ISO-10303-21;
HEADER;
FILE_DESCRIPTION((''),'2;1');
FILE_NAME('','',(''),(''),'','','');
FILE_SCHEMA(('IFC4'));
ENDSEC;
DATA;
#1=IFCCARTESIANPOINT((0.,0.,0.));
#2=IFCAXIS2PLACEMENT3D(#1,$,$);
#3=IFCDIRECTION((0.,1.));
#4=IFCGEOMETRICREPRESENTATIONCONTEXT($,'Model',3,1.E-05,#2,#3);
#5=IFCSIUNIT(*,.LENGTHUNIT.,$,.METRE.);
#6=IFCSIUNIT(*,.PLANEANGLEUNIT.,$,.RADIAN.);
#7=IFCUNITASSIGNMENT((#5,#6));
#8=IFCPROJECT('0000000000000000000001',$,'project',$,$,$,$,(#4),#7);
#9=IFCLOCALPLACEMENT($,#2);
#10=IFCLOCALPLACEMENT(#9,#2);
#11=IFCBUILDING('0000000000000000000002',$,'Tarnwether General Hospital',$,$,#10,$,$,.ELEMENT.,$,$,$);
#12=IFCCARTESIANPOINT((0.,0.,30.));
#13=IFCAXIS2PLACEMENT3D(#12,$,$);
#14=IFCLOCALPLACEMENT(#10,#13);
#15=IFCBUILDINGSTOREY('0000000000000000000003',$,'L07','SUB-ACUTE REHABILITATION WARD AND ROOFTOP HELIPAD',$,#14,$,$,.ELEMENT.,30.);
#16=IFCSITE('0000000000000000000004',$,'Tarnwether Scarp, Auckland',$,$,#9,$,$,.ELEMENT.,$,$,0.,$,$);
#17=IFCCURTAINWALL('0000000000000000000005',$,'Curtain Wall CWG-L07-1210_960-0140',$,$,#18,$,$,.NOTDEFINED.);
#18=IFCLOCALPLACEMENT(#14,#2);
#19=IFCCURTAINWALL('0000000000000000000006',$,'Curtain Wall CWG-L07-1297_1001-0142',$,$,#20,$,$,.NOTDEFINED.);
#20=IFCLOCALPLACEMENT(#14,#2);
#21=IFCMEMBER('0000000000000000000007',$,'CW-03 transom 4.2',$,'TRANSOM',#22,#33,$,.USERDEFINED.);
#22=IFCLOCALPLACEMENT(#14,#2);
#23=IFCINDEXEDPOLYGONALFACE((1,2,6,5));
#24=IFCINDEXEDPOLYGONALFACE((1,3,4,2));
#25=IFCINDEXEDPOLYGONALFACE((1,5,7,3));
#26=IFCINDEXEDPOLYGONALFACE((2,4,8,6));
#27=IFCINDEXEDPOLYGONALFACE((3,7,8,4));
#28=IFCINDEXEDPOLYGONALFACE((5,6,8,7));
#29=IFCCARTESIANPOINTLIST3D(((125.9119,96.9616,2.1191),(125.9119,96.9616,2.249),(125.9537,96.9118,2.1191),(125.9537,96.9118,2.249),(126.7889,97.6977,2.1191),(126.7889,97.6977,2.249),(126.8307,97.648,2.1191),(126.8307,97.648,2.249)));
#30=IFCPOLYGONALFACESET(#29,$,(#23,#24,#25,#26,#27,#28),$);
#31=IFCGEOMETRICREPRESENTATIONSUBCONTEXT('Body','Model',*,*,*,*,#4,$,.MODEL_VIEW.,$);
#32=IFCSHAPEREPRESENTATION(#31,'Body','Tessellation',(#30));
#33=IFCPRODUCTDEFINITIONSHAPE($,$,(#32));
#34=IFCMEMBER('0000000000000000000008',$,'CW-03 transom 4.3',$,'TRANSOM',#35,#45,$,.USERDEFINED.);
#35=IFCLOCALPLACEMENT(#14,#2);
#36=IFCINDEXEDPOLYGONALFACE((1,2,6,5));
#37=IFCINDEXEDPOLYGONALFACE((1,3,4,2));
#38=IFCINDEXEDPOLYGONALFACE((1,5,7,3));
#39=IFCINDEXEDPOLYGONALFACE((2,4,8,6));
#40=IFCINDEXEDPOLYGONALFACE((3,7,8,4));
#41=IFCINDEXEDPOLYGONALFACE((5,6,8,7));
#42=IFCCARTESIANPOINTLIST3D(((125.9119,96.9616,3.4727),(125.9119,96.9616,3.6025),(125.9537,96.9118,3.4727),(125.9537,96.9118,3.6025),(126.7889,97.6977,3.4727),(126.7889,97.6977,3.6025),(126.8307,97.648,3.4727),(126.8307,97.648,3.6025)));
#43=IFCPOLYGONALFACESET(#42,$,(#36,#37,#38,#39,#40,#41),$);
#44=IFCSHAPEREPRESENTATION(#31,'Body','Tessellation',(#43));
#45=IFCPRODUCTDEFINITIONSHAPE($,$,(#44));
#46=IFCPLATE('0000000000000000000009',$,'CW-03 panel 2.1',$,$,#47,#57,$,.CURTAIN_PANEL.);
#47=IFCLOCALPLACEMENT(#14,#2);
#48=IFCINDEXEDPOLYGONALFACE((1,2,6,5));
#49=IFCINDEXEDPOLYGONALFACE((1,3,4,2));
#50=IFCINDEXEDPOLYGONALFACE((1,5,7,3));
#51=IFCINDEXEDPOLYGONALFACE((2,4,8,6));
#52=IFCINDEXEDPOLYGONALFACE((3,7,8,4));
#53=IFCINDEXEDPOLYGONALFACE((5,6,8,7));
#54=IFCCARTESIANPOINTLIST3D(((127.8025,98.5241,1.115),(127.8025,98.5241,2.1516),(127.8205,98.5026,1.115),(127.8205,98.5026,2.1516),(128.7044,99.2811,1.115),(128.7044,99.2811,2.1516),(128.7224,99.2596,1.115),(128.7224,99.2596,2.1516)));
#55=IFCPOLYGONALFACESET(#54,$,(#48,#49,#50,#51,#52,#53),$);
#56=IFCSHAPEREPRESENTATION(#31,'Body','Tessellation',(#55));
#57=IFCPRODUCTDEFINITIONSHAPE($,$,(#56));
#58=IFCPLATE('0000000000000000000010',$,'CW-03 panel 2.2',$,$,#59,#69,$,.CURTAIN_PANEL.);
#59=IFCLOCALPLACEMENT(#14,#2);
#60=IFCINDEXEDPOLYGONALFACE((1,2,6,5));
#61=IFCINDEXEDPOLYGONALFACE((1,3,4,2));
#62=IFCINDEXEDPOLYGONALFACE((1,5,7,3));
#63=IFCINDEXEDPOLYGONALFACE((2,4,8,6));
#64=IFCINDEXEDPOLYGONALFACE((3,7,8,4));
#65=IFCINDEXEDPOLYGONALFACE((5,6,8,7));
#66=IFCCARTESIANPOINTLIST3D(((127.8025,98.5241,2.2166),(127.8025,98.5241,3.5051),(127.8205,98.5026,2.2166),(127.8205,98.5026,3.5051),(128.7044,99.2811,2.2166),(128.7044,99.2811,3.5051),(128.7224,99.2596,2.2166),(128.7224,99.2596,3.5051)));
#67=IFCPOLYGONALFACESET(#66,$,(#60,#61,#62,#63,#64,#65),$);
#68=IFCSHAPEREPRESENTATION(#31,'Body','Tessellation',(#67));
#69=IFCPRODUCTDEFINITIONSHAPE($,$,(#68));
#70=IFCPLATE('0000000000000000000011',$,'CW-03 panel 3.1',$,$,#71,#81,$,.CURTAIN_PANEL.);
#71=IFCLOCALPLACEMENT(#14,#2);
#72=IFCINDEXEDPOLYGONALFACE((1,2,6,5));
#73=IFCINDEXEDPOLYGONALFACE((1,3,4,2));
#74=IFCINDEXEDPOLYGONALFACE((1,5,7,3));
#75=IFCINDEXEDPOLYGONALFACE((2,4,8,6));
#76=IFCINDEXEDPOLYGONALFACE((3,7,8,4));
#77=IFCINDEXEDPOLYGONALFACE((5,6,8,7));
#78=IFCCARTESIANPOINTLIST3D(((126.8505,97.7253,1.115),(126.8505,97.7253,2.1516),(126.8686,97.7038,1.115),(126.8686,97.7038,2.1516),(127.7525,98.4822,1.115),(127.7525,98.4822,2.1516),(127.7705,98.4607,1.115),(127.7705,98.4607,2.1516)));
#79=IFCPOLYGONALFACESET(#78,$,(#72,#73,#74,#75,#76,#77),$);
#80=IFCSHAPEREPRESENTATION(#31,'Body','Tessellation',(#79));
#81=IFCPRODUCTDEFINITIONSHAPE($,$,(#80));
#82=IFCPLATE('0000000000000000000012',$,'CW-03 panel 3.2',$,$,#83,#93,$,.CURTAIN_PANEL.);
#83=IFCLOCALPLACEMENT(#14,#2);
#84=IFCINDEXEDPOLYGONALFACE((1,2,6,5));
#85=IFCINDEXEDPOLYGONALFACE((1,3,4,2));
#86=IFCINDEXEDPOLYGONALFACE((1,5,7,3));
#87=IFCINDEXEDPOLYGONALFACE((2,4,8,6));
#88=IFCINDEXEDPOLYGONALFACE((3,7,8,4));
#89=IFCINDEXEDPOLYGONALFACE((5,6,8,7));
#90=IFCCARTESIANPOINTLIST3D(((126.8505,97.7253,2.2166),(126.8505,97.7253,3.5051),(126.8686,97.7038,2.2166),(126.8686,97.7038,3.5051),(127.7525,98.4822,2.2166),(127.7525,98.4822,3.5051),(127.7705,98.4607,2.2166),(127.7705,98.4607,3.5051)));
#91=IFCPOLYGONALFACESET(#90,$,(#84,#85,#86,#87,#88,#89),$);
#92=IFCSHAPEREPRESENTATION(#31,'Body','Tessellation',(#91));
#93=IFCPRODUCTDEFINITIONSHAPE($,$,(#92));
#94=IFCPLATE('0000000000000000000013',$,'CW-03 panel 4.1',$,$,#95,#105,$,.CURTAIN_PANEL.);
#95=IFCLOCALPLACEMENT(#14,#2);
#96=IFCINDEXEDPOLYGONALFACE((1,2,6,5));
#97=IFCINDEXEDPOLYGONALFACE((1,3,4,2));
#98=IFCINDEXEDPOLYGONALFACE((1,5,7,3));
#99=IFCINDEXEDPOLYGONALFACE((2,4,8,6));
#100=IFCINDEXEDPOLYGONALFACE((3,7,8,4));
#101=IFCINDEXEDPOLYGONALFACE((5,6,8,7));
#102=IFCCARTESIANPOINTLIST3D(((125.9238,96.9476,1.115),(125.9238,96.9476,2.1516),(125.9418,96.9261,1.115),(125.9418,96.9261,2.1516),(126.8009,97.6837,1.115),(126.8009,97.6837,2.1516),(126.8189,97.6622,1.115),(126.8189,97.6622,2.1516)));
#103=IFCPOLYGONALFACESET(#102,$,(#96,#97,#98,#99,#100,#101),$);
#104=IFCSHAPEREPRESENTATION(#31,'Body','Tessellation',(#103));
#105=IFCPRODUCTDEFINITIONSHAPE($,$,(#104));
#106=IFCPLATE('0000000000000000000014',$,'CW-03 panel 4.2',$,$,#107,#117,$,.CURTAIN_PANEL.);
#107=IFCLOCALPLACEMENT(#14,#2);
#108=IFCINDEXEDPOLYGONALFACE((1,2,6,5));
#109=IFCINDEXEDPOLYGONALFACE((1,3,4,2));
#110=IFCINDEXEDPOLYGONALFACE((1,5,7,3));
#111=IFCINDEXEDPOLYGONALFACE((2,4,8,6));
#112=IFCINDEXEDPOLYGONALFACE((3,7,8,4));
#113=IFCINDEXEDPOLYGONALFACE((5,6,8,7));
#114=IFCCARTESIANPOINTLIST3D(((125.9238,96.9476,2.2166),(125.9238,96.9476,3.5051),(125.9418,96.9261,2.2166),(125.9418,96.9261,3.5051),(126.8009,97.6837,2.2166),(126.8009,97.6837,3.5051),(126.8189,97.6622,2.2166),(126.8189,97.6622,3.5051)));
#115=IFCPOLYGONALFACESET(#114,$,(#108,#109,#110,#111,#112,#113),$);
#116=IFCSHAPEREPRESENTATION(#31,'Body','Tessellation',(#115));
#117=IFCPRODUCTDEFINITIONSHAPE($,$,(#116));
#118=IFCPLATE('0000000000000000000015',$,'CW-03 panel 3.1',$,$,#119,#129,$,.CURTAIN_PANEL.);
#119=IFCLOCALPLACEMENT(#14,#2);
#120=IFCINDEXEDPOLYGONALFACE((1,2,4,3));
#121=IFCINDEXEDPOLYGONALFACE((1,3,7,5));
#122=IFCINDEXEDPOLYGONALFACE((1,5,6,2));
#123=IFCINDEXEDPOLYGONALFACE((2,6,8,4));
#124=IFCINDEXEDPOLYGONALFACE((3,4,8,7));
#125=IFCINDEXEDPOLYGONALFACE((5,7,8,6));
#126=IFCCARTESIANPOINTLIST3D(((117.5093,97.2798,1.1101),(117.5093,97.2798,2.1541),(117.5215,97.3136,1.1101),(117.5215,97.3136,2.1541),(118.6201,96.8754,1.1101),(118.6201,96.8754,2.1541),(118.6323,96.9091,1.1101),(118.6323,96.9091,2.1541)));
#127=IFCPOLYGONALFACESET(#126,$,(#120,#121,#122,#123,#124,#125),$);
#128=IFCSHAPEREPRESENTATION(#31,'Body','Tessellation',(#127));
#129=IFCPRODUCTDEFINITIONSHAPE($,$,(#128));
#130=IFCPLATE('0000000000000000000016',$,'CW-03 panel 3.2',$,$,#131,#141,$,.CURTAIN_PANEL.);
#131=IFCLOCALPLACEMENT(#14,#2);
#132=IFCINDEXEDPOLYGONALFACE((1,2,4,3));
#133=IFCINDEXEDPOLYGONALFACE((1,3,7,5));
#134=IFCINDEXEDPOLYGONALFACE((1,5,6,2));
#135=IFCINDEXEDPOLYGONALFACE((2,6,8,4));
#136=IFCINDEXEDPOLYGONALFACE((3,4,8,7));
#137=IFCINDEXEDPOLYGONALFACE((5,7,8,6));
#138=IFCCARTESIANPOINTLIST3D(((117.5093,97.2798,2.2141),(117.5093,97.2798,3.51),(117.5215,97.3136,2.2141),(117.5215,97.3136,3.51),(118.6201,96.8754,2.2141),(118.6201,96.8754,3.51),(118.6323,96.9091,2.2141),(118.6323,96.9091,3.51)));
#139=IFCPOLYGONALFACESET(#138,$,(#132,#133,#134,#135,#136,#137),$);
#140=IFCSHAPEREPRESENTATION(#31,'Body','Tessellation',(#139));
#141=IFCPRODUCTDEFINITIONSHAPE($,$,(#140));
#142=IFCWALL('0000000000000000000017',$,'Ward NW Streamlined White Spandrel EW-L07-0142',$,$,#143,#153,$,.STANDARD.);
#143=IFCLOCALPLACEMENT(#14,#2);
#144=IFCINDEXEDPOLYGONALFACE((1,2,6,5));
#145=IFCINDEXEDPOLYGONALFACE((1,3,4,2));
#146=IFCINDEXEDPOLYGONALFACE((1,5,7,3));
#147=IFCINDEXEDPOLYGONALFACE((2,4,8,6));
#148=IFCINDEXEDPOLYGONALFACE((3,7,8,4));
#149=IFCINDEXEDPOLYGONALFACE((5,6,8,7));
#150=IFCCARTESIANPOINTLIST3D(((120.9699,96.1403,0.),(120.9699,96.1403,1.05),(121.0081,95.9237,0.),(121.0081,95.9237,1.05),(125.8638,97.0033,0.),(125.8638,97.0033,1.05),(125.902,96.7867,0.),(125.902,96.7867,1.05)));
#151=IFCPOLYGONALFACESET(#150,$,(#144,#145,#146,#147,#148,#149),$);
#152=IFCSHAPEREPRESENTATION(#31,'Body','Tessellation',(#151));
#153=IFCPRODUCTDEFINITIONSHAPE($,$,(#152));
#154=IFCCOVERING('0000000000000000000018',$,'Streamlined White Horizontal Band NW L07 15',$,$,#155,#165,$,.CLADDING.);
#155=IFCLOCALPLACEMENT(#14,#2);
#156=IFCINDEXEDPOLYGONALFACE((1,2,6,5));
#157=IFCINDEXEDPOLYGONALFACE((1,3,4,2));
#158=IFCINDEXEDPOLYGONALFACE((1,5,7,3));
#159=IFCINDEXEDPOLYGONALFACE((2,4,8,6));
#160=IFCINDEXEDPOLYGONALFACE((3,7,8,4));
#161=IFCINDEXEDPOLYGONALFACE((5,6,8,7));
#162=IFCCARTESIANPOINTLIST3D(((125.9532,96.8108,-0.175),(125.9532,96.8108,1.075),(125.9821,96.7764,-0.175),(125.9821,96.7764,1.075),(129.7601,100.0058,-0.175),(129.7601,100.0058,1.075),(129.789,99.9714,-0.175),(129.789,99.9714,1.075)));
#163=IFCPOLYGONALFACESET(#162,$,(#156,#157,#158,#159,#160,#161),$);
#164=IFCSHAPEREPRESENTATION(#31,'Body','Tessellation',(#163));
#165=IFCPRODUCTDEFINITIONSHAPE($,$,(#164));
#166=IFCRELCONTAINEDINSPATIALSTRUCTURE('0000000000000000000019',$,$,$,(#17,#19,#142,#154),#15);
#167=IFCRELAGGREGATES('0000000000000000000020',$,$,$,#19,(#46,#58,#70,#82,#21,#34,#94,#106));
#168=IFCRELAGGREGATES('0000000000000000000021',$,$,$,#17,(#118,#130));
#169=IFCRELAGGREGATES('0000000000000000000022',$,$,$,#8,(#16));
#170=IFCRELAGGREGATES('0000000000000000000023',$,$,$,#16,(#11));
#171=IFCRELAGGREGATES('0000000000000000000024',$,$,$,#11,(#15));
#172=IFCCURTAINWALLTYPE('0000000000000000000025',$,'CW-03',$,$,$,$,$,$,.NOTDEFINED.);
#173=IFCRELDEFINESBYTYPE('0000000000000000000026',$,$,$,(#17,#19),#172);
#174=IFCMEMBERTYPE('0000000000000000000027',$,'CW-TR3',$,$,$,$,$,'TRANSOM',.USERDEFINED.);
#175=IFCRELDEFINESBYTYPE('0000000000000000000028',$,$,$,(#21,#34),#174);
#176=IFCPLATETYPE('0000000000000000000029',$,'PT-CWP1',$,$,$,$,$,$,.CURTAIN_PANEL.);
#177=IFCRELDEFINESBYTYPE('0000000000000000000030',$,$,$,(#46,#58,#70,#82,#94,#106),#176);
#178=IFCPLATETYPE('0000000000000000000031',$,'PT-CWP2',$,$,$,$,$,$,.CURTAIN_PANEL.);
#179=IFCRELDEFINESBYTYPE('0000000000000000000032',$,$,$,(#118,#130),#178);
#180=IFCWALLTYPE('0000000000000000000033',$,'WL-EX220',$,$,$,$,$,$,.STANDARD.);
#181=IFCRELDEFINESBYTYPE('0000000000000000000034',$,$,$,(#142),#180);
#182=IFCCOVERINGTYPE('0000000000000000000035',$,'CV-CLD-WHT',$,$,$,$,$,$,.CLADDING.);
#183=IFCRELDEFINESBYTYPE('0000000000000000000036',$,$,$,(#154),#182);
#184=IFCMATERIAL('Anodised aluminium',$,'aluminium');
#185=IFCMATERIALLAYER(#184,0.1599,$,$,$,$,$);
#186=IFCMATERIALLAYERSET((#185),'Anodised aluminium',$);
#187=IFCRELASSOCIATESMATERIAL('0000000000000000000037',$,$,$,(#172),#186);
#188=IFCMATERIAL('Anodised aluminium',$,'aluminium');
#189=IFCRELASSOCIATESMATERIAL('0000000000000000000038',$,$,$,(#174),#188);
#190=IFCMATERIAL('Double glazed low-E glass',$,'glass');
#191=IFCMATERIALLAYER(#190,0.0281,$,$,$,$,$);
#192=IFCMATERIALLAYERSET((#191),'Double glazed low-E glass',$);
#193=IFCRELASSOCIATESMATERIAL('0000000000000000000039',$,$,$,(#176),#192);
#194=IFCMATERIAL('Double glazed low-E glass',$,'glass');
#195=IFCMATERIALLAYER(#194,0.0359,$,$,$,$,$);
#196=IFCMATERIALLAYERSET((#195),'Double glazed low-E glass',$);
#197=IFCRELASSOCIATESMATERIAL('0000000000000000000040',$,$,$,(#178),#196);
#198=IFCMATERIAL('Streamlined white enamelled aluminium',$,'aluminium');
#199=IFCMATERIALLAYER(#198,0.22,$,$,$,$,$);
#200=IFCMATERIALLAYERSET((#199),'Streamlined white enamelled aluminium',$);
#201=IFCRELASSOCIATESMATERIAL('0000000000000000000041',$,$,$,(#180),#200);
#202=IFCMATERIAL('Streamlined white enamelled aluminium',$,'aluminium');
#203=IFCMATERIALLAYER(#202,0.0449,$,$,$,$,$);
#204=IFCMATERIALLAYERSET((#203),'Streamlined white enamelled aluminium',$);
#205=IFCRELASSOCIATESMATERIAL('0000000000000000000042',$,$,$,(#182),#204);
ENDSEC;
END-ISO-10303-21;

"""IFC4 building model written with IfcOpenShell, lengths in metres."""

from ifc_helpers import new_model, si_unit, direction, frame, frame_2d, origin, origin_2d, place, context, subcontext, project, spatial, rectangle, extrude, material, layer, layer_set, material_profile, profile_set, type_object, element, aggregate, save


model = new_model("IFC4")

# Units and contexts
model_context = context("Model", 3, precision=1e-05, world=origin(), true_north=direction((0.0, 1.0)))
body_context = subcontext(model_context, "Body", "Model", "MODEL_VIEW")
ifc_project = project(units=[si_unit("LENGTHUNIT", "METRE"), si_unit("PLANEANGLEUNIT", "RADIAN")], contexts=[model_context])

# Site, building, storey
site_placement = place(None, origin())
site = spatial("IfcSite", under=ifc_project, at=site_placement, Name="Tarnwether Scarp, Auckland", CompositionType="ELEMENT", RefElevation=0.0)
building_placement = place(site_placement, origin())
building = spatial("IfcBuilding", under=site, at=building_placement, Name="Tarnwether General Hospital", CompositionType="ELEMENT")
storey_placement = place(building_placement, frame((0.0, 0.0, 30.0)))
storey = spatial("IfcBuildingStorey", under=building, at=storey_placement, Name="L07", Description="SUB-ACUTE REHABILITATION WARD AND ROOFTOP HELIPAD", CompositionType="ELEMENT", Elevation=30.0)

# Curtain wall
ifc_material_1 = material(Name="Anodised aluminium", Category="aluminium")
ifc_layer_1 = layer(ifc_material_1, 0.1599)
ifc_layer_set_1 = layer_set([ifc_layer_1], Name="Anodised aluminium")
curtain_wall_type = type_object("IfcCurtainWallType", Name="CW-03", PredefinedType="NOTDEFINED", material=ifc_layer_set_1)
curtain_wall_1_placement = place(storey_placement, origin())
curtain_wall_1 = element("IfcCurtainWall", 1, at=curtain_wall_1_placement, inside=storey, type_object=curtain_wall_type, Name="Curtain Wall CWG-L07-1210_960-0140", PredefinedType="NOTDEFINED")

# Curtain wall
curtain_wall_2_placement = place(storey_placement, origin())
curtain_wall_2 = element("IfcCurtainWall", 2, at=curtain_wall_2_placement, inside=storey, type_object=curtain_wall_type, Name="Curtain Wall CWG-L07-1297_1001-0142", PredefinedType="NOTDEFINED")

# Members
ifc_material_2 = material(Name="Anodised aluminium", Category="aluminium")
ifc_material_profile_1 = material_profile(ifc_material_2, rectangle(XDim=0.0649, YDim=0.1299, at=origin_2d()), Name="ALU-TRN-65x130")
ifc_profile_set_1 = profile_set([ifc_material_profile_1], Name="Anodised aluminium")
member_type_1 = type_object("IfcMemberType", Name="CW-TR3", ElementType="TRANSOM", PredefinedType="USERDEFINED", material=ifc_profile_set_1)
member_1_placement = place(storey_placement, frame((126.8098, 97.6729, 2.1841), z_axis=(-0.765944, -0.642907, 0.0), x_axis=(0.642907, -0.765944, 0.0)))
member_1 = element("IfcMember", 3, at=member_1_placement, type_object=member_type_1, Name="CW-03 transom 4.2", ObjectType="TRANSOM", PredefinedType="USERDEFINED", context=body_context, shape_type="SweptSolid", body=[
    extrude(rectangle(XDim=0.0649, YDim=0.1299, at=origin_2d()), origin(), (0.0, 0.0, 1.0), 1.145),
])
member_2_placement = place(storey_placement, frame((126.8098, 97.6729, 3.5376), z_axis=(-0.765944, -0.642907, 0.0), x_axis=(0.642907, -0.765944, 0.0)))
member_2 = element("IfcMember", 4, at=member_2_placement, type_object=member_type_1, Name="CW-03 transom 4.3", ObjectType="TRANSOM", PredefinedType="USERDEFINED", context=body_context, shape_type="SweptSolid", body=[
    extrude(rectangle(XDim=0.0649, YDim=0.1299, at=origin_2d()), origin(), (0.0, 0.0, 1.0), 1.145),
])

# Plates
ifc_material_3 = material(Name="Double glazed low-E glass", Category="glass")
ifc_layer_2 = layer(ifc_material_3, 0.0281)
ifc_layer_set_2 = layer_set([ifc_layer_2], Name="Double glazed low-E glass")
plate_type_1 = type_object("IfcPlateType", Name="PT-CWP1", PredefinedType="CURTAIN_PANEL", material=ifc_layer_set_2)
plate_1_placement = place(storey_placement, frame((128.2625, 98.8918, 1.115), z_axis=(0.0, 0.0, 1.0), x_axis=(-0.76599, -0.642852, 0.0)))
plate_1 = element("IfcPlate", 5, at=plate_1_placement, type_object=plate_type_1, Name="CW-03 panel 2.1", PredefinedType="CURTAIN_PANEL", context=body_context, shape_type="SweptSolid", body=[
    extrude(rectangle(XDim=1.1775, YDim=0.0281, at=origin_2d()), origin(), (0.0, 0.0, 1.0), 1.0366),
])
plate_2_placement = place(storey_placement, frame((128.2625, 98.8918, 2.2166), z_axis=(0.0, 0.0, 1.0), x_axis=(-0.76599, -0.642852, 0.0)))
plate_2 = element("IfcPlate", 6, at=plate_2_placement, type_object=plate_type_1, Name="CW-03 panel 2.2", PredefinedType="CURTAIN_PANEL", context=body_context, shape_type="SweptSolid", body=[
    extrude(rectangle(XDim=1.1775, YDim=0.0281, at=origin_2d()), origin(), (0.0, 0.0, 1.0), 1.2886),
])
plate_3_placement = place(storey_placement, frame((127.3105, 98.093, 1.115), z_axis=(0.0, 0.0, 1.0), x_axis=(-0.76599, -0.642852, 0.0)))
plate_3 = element("IfcPlate", 7, at=plate_3_placement, type_object=plate_type_1, Name="CW-03 panel 3.1", PredefinedType="CURTAIN_PANEL", context=body_context, shape_type="SweptSolid", body=[
    extrude(rectangle(XDim=1.1775, YDim=0.0281, at=origin_2d()), origin(), (0.0, 0.0, 1.0), 1.0366),
])
plate_4_placement = place(storey_placement, frame((127.3105, 98.093, 2.2166), z_axis=(0.0, 0.0, 1.0), x_axis=(-0.76599, -0.642852, 0.0)))
plate_4 = element("IfcPlate", 8, at=plate_4_placement, type_object=plate_type_1, Name="CW-03 panel 3.2", PredefinedType="CURTAIN_PANEL", context=body_context, shape_type="SweptSolid", body=[
    extrude(rectangle(XDim=1.1775, YDim=0.0281, at=origin_2d()), origin(), (0.0, 0.0, 1.0), 1.2886),
])
plate_5_placement = place(storey_placement, frame((126.3713, 97.3049, 1.115), z_axis=(0.0, 0.0, 1.0), x_axis=(-0.76599, -0.642852, 0.0)))
plate_5 = element("IfcPlate", 9, at=plate_5_placement, type_object=plate_type_1, Name="CW-03 panel 4.1", PredefinedType="CURTAIN_PANEL", context=body_context, shape_type="SweptSolid", body=[
    extrude(rectangle(XDim=1.145, YDim=0.0281, at=origin_2d()), origin(), (0.0, 0.0, 1.0), 1.0366),
])
plate_6_placement = place(storey_placement, frame((126.3713, 97.3049, 2.2166), z_axis=(0.0, 0.0, 1.0), x_axis=(-0.76599, -0.642852, 0.0)))
plate_6 = element("IfcPlate", 10, at=plate_6_placement, type_object=plate_type_1, Name="CW-03 panel 4.2", PredefinedType="CURTAIN_PANEL", context=body_context, shape_type="SweptSolid", body=[
    extrude(rectangle(XDim=1.145, YDim=0.0281, at=origin_2d()), origin(), (0.0, 0.0, 1.0), 1.2886),
])
aggregate(curtain_wall_2, [plate_1, plate_2, plate_3, plate_4, member_1, member_2, plate_5, plate_6])
ifc_material_4 = material(Name="Double glazed low-E glass", Category="glass")
ifc_layer_3 = layer(ifc_material_4, 0.0359)
ifc_layer_set_3 = layer_set([ifc_layer_3], Name="Double glazed low-E glass")
plate_type_2 = type_object("IfcPlateType", Name="PT-CWP2", PredefinedType="CURTAIN_PANEL", material=ifc_layer_set_3)
plate_7_placement = place(storey_placement, frame((118.0708, 97.0945, 1.1101), z_axis=(0.0, 0.0, 1.0), x_axis=(-0.939652, 0.342131, 0.0)))
plate_7 = element("IfcPlate", 11, at=plate_7_placement, type_object=plate_type_2, Name="CW-03 panel 3.1", PredefinedType="CURTAIN_PANEL", context=body_context, shape_type="SweptSolid", body=[
    extrude(rectangle(XDim=1.1821, YDim=0.0359, at=origin_2d()), origin(), (0.0, 0.0, 1.0), 1.0439),
])
plate_8_placement = place(storey_placement, frame((118.0708, 97.0945, 2.2141), z_axis=(0.0, 0.0, 1.0), x_axis=(-0.939652, 0.342131, 0.0)))
plate_8 = element("IfcPlate", 12, at=plate_8_placement, type_object=plate_type_2, Name="CW-03 panel 3.2", PredefinedType="CURTAIN_PANEL", context=body_context, shape_type="SweptSolid", body=[
    extrude(rectangle(XDim=1.1821, YDim=0.0359, at=origin_2d()), origin(), (0.0, 0.0, 1.0), 1.2959),
])
aggregate(curtain_wall_1, [plate_7, plate_8])

# Wall
ifc_material_5 = material(Name="Streamlined white enamelled aluminium", Category="aluminium")
ifc_layer_4 = layer(ifc_material_5, 0.22)
ifc_layer_set_4 = layer_set([ifc_layer_4], Name="Streamlined white enamelled aluminium")
wall_type = type_object("IfcWallType", Name="WL-EX220", PredefinedType="STANDARD", material=ifc_layer_set_4)
wall_placement = place(storey_placement, frame((125.8831, 96.895, 0.0), z_axis=(0.0, 0.0, 1.0), x_axis=(-0.984805, -0.173665, 0.0)))
element("IfcWall", 13, at=wall_placement, inside=storey, type_object=wall_type, Name="Ward NW Streamlined White Spandrel EW-L07-0142", PredefinedType="STANDARD", context=body_context, shape_type="SweptSolid", body=[
    extrude(rectangle(XDim=4.9695, YDim=0.22, at=frame_2d((2.4849, 0.0))), origin(), (0.0, 0.0, 1.0), 1.05),
])

# Covering
ifc_material_6 = material(Name="Streamlined white enamelled aluminium", Category="aluminium")
ifc_layer_5 = layer(ifc_material_6, 0.0449)
ifc_layer_set_5 = layer_set([ifc_layer_5], Name="Streamlined white enamelled aluminium")
covering_type = type_object("IfcCoveringType", Name="CV-CLD-WHT", PredefinedType="CLADDING", material=ifc_layer_set_5)
covering_placement = place(storey_placement, frame((127.8711, 98.3911, -0.175), z_axis=(0.0, 0.0, 1.0), x_axis=(-0.765988, -0.642854, 0.0)))
element("IfcCovering", 14, at=covering_placement, inside=storey, type_object=covering_type, Name="Streamlined White Horizontal Band NW L07 15", PredefinedType="CLADDING", context=body_context, shape_type="SweptSolid", body=[
    extrude(rectangle(XDim=4.97, YDim=0.0449, at=origin_2d()), origin(), (0.0, 0.0, 1.0), 1.25),
])

save(model, "model.ifc")
